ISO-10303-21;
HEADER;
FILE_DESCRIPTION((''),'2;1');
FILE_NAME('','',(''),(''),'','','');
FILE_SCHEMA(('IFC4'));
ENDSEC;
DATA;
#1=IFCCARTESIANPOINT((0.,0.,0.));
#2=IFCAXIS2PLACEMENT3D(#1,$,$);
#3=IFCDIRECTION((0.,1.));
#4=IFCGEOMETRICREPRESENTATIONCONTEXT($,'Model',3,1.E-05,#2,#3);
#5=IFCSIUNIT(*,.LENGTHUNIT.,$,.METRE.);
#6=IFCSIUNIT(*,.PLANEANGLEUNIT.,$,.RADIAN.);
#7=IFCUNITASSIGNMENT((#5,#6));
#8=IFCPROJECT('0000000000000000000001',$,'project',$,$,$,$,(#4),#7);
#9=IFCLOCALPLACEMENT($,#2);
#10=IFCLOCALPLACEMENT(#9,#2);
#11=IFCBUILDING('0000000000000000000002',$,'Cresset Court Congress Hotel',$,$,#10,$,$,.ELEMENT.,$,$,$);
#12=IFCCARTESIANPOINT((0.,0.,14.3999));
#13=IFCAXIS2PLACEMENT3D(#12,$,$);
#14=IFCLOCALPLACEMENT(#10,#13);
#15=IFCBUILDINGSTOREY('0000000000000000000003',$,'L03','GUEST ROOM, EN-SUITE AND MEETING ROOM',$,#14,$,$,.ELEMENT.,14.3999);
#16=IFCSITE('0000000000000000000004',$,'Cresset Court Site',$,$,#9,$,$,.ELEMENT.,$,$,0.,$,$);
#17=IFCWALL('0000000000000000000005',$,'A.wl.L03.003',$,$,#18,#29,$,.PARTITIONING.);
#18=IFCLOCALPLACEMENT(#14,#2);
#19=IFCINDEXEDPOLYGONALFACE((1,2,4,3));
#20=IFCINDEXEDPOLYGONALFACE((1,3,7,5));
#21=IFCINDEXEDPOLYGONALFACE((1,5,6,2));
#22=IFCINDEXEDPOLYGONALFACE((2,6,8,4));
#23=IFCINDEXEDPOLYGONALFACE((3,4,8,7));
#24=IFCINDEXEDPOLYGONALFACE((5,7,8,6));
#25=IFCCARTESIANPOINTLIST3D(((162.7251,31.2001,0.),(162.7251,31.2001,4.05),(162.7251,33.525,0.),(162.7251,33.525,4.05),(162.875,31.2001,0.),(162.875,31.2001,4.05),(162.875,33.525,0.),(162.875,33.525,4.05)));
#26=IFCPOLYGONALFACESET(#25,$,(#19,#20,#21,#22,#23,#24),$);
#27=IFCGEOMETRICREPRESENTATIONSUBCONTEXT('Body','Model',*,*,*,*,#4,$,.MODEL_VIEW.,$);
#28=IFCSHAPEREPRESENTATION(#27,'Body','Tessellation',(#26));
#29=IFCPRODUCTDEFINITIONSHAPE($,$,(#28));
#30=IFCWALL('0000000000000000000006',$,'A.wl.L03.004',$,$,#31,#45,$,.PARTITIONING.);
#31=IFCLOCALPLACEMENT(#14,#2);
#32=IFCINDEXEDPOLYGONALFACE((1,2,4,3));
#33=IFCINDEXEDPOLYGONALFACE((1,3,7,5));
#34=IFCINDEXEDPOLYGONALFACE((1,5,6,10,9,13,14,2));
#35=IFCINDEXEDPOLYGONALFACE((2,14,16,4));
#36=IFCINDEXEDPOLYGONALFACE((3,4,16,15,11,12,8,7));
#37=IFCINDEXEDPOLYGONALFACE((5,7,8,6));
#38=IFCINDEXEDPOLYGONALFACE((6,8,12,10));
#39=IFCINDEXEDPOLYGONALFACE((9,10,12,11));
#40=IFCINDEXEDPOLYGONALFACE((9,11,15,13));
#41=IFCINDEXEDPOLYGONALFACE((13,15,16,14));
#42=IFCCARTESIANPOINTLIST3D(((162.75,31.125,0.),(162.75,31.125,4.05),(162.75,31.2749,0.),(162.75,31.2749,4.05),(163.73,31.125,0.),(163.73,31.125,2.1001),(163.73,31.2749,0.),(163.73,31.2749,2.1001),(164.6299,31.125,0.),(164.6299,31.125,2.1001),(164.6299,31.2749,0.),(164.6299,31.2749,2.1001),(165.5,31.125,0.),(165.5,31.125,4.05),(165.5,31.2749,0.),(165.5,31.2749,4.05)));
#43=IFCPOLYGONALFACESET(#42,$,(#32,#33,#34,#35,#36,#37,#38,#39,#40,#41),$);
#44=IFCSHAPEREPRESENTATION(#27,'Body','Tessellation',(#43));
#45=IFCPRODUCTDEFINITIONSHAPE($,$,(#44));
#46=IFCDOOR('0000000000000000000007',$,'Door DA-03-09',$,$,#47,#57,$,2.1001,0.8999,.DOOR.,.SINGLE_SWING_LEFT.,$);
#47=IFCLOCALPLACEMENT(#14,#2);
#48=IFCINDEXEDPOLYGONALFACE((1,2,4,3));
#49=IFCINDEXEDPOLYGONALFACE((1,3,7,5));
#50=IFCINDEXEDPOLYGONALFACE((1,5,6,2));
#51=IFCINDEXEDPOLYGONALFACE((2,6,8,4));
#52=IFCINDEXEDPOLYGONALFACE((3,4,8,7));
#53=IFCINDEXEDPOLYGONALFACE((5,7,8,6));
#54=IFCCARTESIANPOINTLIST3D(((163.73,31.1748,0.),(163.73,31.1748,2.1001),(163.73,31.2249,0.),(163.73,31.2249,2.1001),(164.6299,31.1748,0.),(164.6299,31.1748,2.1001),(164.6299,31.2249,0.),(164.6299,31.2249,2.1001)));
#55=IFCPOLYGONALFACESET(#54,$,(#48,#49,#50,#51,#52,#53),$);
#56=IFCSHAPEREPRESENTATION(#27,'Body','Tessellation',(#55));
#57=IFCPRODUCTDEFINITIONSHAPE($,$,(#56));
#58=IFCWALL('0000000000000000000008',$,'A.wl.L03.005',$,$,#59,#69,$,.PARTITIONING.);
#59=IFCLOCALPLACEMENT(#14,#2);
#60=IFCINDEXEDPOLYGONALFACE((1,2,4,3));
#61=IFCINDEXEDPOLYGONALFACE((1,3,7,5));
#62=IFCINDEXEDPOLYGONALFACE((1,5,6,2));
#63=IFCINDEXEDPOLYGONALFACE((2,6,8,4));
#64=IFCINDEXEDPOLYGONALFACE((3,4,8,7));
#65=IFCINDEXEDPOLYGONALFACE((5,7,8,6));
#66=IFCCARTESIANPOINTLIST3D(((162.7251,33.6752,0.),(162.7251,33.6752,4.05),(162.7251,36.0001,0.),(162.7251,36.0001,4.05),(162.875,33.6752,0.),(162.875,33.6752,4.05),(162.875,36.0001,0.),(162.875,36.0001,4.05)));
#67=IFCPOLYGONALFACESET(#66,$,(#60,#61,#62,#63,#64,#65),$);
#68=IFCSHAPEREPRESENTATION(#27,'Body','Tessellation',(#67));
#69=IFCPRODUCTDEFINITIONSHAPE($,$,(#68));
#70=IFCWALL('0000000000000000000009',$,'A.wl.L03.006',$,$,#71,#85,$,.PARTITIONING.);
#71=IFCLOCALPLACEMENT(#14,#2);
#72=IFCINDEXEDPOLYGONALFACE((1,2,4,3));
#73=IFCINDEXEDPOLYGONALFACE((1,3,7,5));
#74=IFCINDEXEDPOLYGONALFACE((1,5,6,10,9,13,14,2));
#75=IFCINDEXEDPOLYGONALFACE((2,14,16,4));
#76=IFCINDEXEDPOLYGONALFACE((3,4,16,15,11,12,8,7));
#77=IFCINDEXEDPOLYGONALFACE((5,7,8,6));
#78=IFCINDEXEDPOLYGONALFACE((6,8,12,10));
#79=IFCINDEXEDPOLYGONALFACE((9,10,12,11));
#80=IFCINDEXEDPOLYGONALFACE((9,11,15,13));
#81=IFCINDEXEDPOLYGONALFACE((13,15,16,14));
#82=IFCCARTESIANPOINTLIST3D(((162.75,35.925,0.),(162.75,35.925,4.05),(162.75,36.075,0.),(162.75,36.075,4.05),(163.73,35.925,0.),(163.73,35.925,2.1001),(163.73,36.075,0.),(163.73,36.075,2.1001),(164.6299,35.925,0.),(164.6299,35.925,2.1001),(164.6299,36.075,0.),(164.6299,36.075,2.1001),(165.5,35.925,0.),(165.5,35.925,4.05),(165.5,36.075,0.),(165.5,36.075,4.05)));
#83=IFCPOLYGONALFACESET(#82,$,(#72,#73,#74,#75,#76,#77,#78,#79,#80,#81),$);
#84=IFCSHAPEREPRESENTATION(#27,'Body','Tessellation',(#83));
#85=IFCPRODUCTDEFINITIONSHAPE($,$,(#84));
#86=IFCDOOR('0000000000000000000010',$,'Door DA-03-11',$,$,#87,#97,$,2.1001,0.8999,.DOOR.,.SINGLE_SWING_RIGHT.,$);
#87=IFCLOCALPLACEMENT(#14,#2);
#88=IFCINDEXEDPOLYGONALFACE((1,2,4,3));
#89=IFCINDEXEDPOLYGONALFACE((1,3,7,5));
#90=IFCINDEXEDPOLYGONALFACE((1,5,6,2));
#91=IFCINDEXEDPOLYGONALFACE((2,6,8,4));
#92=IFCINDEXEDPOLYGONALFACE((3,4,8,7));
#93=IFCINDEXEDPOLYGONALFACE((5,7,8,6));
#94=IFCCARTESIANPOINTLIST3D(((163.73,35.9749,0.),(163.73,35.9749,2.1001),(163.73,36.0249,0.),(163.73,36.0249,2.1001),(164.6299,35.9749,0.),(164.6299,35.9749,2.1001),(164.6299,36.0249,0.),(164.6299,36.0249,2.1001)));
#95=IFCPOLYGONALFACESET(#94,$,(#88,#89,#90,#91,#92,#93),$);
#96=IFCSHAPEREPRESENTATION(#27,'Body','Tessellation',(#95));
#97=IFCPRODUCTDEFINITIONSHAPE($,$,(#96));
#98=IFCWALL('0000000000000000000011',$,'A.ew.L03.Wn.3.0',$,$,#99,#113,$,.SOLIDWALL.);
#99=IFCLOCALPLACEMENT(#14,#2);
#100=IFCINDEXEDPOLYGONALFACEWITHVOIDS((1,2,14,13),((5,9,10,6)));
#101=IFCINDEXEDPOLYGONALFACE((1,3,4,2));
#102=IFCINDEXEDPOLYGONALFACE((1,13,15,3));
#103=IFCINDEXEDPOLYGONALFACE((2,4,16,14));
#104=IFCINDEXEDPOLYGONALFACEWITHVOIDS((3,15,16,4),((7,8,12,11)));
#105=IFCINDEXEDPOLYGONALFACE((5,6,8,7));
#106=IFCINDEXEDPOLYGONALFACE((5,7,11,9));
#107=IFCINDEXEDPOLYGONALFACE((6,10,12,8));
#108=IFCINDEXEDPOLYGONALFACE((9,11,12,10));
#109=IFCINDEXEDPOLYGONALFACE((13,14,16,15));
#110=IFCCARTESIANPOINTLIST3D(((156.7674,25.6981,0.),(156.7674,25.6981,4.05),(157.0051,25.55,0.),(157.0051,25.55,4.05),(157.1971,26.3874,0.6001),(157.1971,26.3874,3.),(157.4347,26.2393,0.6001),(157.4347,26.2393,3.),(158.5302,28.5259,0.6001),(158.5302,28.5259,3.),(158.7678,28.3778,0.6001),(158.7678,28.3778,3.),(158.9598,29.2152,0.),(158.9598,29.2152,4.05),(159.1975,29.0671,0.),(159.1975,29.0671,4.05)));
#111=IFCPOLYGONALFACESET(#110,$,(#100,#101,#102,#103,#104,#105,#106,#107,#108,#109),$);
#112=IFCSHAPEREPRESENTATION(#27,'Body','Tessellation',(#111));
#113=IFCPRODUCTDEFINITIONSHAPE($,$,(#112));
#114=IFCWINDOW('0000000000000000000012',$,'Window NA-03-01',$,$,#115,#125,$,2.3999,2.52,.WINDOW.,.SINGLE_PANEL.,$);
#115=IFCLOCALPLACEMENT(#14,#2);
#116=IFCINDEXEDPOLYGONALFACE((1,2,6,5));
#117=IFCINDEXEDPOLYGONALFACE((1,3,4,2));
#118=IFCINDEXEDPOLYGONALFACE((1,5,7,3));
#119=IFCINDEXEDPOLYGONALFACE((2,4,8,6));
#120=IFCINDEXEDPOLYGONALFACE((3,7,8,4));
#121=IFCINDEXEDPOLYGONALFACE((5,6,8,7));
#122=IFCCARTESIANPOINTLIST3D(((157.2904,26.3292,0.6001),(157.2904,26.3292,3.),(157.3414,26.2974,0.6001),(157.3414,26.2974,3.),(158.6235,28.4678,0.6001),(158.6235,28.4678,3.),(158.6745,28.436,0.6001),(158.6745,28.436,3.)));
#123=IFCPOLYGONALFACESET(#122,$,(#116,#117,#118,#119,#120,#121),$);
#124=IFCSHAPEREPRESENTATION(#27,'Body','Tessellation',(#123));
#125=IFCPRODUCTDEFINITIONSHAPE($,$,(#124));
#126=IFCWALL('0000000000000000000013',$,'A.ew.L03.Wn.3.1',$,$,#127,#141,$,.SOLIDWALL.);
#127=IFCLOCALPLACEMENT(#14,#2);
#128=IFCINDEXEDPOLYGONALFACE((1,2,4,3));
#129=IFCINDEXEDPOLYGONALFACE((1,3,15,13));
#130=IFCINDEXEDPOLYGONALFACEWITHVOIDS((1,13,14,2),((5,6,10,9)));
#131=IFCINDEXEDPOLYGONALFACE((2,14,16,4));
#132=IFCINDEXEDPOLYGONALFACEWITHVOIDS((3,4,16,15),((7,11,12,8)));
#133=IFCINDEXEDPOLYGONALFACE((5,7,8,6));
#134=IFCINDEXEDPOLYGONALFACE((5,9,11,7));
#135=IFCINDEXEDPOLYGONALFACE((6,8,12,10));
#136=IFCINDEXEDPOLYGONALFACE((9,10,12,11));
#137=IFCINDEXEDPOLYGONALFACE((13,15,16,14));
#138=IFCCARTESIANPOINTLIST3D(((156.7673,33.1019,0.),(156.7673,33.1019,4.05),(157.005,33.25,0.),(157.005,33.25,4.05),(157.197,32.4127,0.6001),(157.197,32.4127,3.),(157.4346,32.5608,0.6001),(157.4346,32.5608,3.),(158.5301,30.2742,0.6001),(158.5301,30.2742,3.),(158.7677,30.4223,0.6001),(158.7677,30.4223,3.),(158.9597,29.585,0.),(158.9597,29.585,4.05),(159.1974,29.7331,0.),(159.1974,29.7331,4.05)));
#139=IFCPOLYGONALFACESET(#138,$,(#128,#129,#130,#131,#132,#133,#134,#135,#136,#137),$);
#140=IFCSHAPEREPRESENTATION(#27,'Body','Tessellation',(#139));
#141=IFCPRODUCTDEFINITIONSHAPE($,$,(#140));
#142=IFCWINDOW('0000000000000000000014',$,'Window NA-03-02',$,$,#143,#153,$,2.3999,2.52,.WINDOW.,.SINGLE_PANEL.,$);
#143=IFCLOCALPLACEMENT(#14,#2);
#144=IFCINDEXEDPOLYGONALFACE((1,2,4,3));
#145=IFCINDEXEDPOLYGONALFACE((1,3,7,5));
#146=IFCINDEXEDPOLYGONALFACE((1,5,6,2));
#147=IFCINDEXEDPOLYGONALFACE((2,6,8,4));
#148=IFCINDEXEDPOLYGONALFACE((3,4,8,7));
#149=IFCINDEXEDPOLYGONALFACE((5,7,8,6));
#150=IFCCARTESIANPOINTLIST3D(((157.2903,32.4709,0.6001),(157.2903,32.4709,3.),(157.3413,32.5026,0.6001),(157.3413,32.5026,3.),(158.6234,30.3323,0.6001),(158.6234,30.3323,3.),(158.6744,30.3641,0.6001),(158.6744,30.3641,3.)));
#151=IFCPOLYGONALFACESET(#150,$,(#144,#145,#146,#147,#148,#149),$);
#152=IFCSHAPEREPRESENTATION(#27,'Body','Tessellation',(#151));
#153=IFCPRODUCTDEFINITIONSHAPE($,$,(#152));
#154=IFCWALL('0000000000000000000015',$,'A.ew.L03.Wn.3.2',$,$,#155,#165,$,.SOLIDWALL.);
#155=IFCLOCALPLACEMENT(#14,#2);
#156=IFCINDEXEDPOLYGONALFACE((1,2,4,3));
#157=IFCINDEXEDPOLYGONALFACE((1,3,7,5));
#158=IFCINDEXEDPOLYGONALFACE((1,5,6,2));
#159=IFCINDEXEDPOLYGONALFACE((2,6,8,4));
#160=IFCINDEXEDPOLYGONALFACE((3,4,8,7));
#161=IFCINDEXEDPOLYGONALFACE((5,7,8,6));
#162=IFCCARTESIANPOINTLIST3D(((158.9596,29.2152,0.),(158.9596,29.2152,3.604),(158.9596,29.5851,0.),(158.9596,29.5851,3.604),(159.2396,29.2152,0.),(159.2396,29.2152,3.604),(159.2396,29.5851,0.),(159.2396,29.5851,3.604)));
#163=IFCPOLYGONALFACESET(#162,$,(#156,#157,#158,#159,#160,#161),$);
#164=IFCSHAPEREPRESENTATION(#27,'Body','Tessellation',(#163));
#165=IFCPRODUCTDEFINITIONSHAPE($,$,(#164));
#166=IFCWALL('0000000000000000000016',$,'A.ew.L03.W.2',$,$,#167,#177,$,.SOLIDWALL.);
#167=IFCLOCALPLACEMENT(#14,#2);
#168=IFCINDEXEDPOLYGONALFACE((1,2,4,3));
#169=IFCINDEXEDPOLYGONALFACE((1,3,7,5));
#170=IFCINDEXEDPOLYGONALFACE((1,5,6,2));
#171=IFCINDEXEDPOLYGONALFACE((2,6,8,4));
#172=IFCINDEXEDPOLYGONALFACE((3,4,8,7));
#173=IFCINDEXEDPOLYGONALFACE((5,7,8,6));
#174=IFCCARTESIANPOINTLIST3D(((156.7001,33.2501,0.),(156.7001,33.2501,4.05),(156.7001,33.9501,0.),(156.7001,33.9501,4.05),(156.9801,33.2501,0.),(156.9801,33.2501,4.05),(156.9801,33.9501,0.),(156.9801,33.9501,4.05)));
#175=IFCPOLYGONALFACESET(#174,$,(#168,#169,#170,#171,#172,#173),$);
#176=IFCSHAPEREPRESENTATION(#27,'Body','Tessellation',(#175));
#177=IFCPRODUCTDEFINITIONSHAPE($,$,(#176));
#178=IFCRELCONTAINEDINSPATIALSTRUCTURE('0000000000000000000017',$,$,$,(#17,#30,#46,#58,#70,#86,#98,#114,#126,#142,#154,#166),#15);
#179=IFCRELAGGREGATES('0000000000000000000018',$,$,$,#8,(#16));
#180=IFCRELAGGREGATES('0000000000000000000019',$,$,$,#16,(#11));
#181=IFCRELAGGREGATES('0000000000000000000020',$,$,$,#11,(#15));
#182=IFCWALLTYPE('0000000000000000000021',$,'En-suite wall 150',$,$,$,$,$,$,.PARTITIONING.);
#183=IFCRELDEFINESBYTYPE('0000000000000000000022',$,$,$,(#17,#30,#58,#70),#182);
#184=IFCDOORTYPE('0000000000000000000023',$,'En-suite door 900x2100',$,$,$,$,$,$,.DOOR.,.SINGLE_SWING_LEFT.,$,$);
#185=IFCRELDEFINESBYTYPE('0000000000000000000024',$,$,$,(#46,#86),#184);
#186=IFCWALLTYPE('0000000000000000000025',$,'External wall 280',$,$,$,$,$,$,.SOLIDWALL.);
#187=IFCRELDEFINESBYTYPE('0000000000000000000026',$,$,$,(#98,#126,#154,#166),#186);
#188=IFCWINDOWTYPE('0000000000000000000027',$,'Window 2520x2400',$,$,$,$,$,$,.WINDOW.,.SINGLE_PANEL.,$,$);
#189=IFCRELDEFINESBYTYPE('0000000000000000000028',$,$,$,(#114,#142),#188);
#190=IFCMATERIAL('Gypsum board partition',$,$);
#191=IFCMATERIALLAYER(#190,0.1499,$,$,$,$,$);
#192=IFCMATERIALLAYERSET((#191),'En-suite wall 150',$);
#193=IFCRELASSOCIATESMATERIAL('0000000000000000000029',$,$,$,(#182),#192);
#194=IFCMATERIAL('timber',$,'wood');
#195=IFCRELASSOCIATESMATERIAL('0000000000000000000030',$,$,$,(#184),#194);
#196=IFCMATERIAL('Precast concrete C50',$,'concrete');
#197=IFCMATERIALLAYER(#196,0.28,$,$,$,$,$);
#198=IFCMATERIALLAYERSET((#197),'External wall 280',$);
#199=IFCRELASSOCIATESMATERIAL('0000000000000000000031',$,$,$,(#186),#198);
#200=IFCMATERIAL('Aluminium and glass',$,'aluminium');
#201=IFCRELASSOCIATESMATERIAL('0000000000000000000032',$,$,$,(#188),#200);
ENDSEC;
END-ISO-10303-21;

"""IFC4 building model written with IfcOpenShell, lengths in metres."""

from ifc_helpers import new_model, si_unit, direction, frame, frame_2d, origin, place, context, subcontext, project, spatial, rectangle, extrude, material, layer, layer_set, type_object, element, fill, save


model = new_model("IFC4")

# Units and contexts
model_context = context("Model", 3, precision=1e-05, world=origin(), true_north=direction((0.0, 1.0)))
body_context = subcontext(model_context, "Body", "Model", "MODEL_VIEW")
ifc_project = project(units=[si_unit("LENGTHUNIT", "METRE"), si_unit("PLANEANGLEUNIT", "RADIAN")], contexts=[model_context])

# Site, building, storey
site_placement = place(None, origin())
site = spatial("IfcSite", under=ifc_project, at=site_placement, Name="Cresset Court Site", CompositionType="ELEMENT", RefElevation=0.0)
building_placement = place(site_placement, origin())
building = spatial("IfcBuilding", under=site, at=building_placement, Name="Cresset Court Congress Hotel", CompositionType="ELEMENT")
storey_placement = place(building_placement, frame((0.0, 0.0, 14.3999)))
storey = spatial("IfcBuildingStorey", under=building, at=storey_placement, Name="L03", Description="GUEST ROOM, EN-SUITE AND MEETING ROOM", CompositionType="ELEMENT", Elevation=14.3999)

# Shared definitions
ifc_material_1 = material(Name="Gypsum board partition")
ifc_layer_1 = layer(ifc_material_1, 0.1499)
ifc_layer_set_1 = layer_set([ifc_layer_1], Name="En-suite wall 150")
wall_type_1 = type_object("IfcWallType", Name="En-suite wall 150", PredefinedType="PARTITIONING", material=ifc_layer_set_1)

# Shared definitions
ifc_material_2 = material(Name="timber", Category="wood")
door_type = type_object("IfcDoorType", Name="En-suite door 900x2100", OperationType="SINGLE_SWING_LEFT", PredefinedType="DOOR", material=ifc_material_2)

# Wall
wall_1_placement = place(storey_placement, frame((162.8, 31.2, 0.0), z_axis=(0.0, 0.0, 1.0), x_axis=(0.0, 1.0, 0.0)))
element("IfcWall", 1, at=wall_1_placement, inside=storey, type_object=wall_type_1, Name="A.wl.L03.003", PredefinedType="PARTITIONING", context=body_context, shape_type="SweptSolid", body=[
    extrude(rectangle(XDim=2.325, YDim=0.1499, at=frame_2d((1.1626, 0.0))), origin(), (0.0, 0.0, 1.0), 4.05),
])

# Wall, opening, door
wall_2_placement = place(storey_placement, frame((162.75, 31.2, 0.0), z_axis=(0.0, 0.0, 1.0), x_axis=(1.0, 0.0, 0.0)))
wall_2 = element("IfcWall", 2, at=wall_2_placement, inside=storey, type_object=wall_type_1, Name="A.wl.L03.004", PredefinedType="PARTITIONING", context=body_context, shape_type="SweptSolid", body=[
    extrude(rectangle(XDim=2.75, YDim=0.1499, at=frame_2d((1.375, 0.0))), origin(), (0.0, 0.0, 1.0), 4.05),
])
opening_1_placement = place(wall_2_placement, frame((0.98, 0.0, 0.0)))
opening_1 = element("IfcOpeningElement", 3, at=opening_1_placement, cuts=wall_2, PredefinedType="OPENING", context=body_context, shape_type="SweptSolid", body=[
    extrude(rectangle(XDim=0.8999, YDim=2.1001, at=frame_2d((0.45, 1.05))), frame((0.0, 0.085, 0.0), z_axis=(0.0, -1.0, 0.0), x_axis=(1.0, 0.0, 0.0)), (0.0, 0.0, 1.0), 0.1699),
])
door_1_placement = place(opening_1_placement, origin())
door_1 = element("IfcDoor", 4, at=door_1_placement, inside=storey, type_object=door_type, Name="Door DA-03-09", OperationType="SINGLE_SWING_LEFT", OverallHeight=2.1001, OverallWidth=0.8999, PredefinedType="DOOR", context=body_context, shape_type="SweptSolid", body=[
    extrude(rectangle(XDim=0.8999, YDim=2.1001, at=frame_2d((0.45, 1.05))), frame((0.0, 0.0249, 0.0), z_axis=(0.0, -1.0, 0.0), x_axis=(1.0, 0.0, 0.0)), (0.0, 0.0, 1.0), 0.05),
])
fill(opening_1, door_1)

# Wall
wall_3_placement = place(storey_placement, frame((162.8, 33.675, 0.0), z_axis=(0.0, 0.0, 1.0), x_axis=(0.0, 1.0, 0.0)))
element("IfcWall", 5, at=wall_3_placement, inside=storey, type_object=wall_type_1, Name="A.wl.L03.005", PredefinedType="PARTITIONING", context=body_context, shape_type="SweptSolid", body=[
    extrude(rectangle(XDim=2.325, YDim=0.1499, at=frame_2d((1.1626, 0.0))), origin(), (0.0, 0.0, 1.0), 4.05),
])

# Wall, opening, door
wall_4_placement = place(storey_placement, frame((162.75, 36.0, 0.0), z_axis=(0.0, 0.0, 1.0), x_axis=(1.0, 0.0, 0.0)))
wall_4 = element("IfcWall", 6, at=wall_4_placement, inside=storey, type_object=wall_type_1, Name="A.wl.L03.006", PredefinedType="PARTITIONING", context=body_context, shape_type="SweptSolid", body=[
    extrude(rectangle(XDim=2.75, YDim=0.1499, at=frame_2d((1.375, 0.0))), origin(), (0.0, 0.0, 1.0), 4.05),
])
opening_2_placement = place(wall_4_placement, frame((0.98, 0.0, 0.0)))
opening_2 = element("IfcOpeningElement", 7, at=opening_2_placement, cuts=wall_4, PredefinedType="OPENING", context=body_context, shape_type="SweptSolid", body=[
    extrude(rectangle(XDim=0.8999, YDim=2.1001, at=frame_2d((0.45, 1.05))), frame((0.0, 0.085, 0.0), z_axis=(0.0, -1.0, 0.0), x_axis=(1.0, 0.0, 0.0)), (0.0, 0.0, 1.0), 0.1699),
])
door_2_placement = place(opening_2_placement, origin())
door_2 = element("IfcDoor", 8, at=door_2_placement, inside=storey, type_object=door_type, Name="Door DA-03-11", OperationType="SINGLE_SWING_RIGHT", OverallHeight=2.1001, OverallWidth=0.8999, PredefinedType="DOOR", context=body_context, shape_type="SweptSolid", body=[
    extrude(rectangle(XDim=0.8999, YDim=2.1001, at=frame_2d((0.45, 1.05))), frame((0.0, 0.0249, 0.0), z_axis=(0.0, -1.0, 0.0), x_axis=(1.0, 0.0, 0.0)), (0.0, 0.0, 1.0), 0.05),
])
fill(opening_2, door_2)

# Walls, openings, windows
ifc_material_3 = material(Name="Precast concrete C50", Category="concrete")
ifc_layer_2 = layer(ifc_material_3, 0.28)
ifc_layer_set_2 = layer_set([ifc_layer_2], Name="External wall 280")
wall_type_2 = type_object("IfcWallType", Name="External wall 280", PredefinedType="SOLIDWALL", material=ifc_layer_set_2)
wall_5_placement = place(storey_placement, frame((156.8862, 25.624, 0.0), z_axis=(0.0, 0.0, 1.0), x_axis=(0.528993, 0.848626, 0.0)))
wall_5 = element("IfcWall", 9, at=wall_5_placement, inside=storey, type_object=wall_type_2, Name="A.ew.L03.Wn.3.0", PredefinedType="SOLIDWALL", context=body_context, shape_type="SweptSolid", body=[
    extrude(rectangle(XDim=4.1445, YDim=0.28, at=frame_2d((2.0723, 0.0))), origin(), (0.0, 0.0, 1.0), 4.05),
])
opening_3_placement = place(wall_5_placement, frame((0.8123, 0.0, 0.6001)))
opening_3 = element("IfcOpeningElement", 10, at=opening_3_placement, cuts=wall_5, PredefinedType="OPENING", context=body_context, shape_type="SweptSolid", body=[
    extrude(rectangle(XDim=2.52, YDim=2.3999, at=frame_2d((1.26, 1.2))), frame((0.0, 0.1499, 0.0), z_axis=(0.0, -1.0, 0.0), x_axis=(1.0, 0.0, 0.0)), (0.0, 0.0, 1.0), 0.3),
])
ifc_material_4 = material(Name="Aluminium and glass", Category="aluminium")
window_type = type_object("IfcWindowType", Name="Window 2520x2400", PartitioningType="SINGLE_PANEL", PredefinedType="WINDOW", material=ifc_material_4)
window_1_placement = place(opening_3_placement, origin())
window_1 = element("IfcWindow", 11, at=window_1_placement, inside=storey, type_object=window_type, Name="Window NA-03-01", OverallHeight=2.3999, OverallWidth=2.52, PartitioningType="SINGLE_PANEL", PredefinedType="WINDOW", context=body_context, shape_type="SweptSolid", body=[
    extrude(rectangle(XDim=2.52, YDim=2.3999, at=frame_2d((1.26, 1.2))), frame((0.0, 0.03, 0.0), z_axis=(0.0, -1.0, 0.0), x_axis=(1.0, 0.0, 0.0)), (0.0, 0.0, 1.0), 0.0601),
])
fill(opening_3, window_1)
wall_6_placement = place(storey_placement, frame((159.0786, 29.6589, 0.0), z_axis=(0.0, 0.0, 1.0), x_axis=(-0.529019, 0.84861, 0.0)))
wall_6 = element("IfcWall", 12, at=wall_6_placement, inside=storey, type_object=wall_type_2, Name="A.ew.L03.Wn.3.1", PredefinedType="SOLIDWALL", context=body_context, shape_type="SweptSolid", body=[
    extrude(rectangle(XDim=4.1443, YDim=0.28, at=frame_2d((2.0723, 0.0))), origin(), (0.0, 0.0, 1.0), 4.05),
])
opening_4_placement = place(wall_6_placement, frame((0.8123, 0.0, 0.6001)))
opening_4 = element("IfcOpeningElement", 13, at=opening_4_placement, cuts=wall_6, PredefinedType="OPENING", context=body_context, shape_type="SweptSolid", body=[
    extrude(rectangle(XDim=2.52, YDim=2.3999, at=frame_2d((1.26, 1.2))), frame((0.0, 0.1499, 0.0), z_axis=(0.0, -1.0, 0.0), x_axis=(1.0, 0.0, 0.0)), (0.0, 0.0, 1.0), 0.3),
])
window_2_placement = place(opening_4_placement, origin())
window_2 = element("IfcWindow", 14, at=window_2_placement, inside=storey, type_object=window_type, Name="Window NA-03-02", OverallHeight=2.3999, OverallWidth=2.52, PartitioningType="SINGLE_PANEL", PredefinedType="WINDOW", context=body_context, shape_type="SweptSolid", body=[
    extrude(rectangle(XDim=2.52, YDim=2.3999, at=frame_2d((1.26, 1.2))), frame((0.0, 0.03, 0.0), z_axis=(0.0, -1.0, 0.0), x_axis=(1.0, 0.0, 0.0)), (0.0, 0.0, 1.0), 0.0601),
])
fill(opening_4, window_2)

# Walls
wall_7_placement = place(storey_placement, frame((159.0996, 29.2151, 0.0), z_axis=(0.0, 0.0, 1.0), x_axis=(0.0, 1.0, 0.0)))
element("IfcWall", 15, at=wall_7_placement, inside=storey, type_object=wall_type_2, Name="A.ew.L03.Wn.3.2", PredefinedType="SOLIDWALL", context=body_context, shape_type="SweptSolid", body=[
    extrude(rectangle(XDim=0.3699, YDim=0.28, at=frame_2d((0.1851, 0.0))), origin(), (0.0, 0.0, 1.0), 3.604),
])
wall_8_placement = place(storey_placement, frame((156.8401, 33.25, 0.0), z_axis=(0.0, 0.0, 1.0), x_axis=(0.0, 1.0, 0.0)))
element("IfcWall", 16, at=wall_8_placement, inside=storey, type_object=wall_type_2, Name="A.ew.L03.W.2", PredefinedType="SOLIDWALL", context=body_context, shape_type="SweptSolid", body=[
    extrude(rectangle(XDim=0.7, YDim=0.28, at=frame_2d((0.3501, 0.0))), origin(), (0.0, 0.0, 1.0), 4.05),
])

save(model, "model.ifc")
